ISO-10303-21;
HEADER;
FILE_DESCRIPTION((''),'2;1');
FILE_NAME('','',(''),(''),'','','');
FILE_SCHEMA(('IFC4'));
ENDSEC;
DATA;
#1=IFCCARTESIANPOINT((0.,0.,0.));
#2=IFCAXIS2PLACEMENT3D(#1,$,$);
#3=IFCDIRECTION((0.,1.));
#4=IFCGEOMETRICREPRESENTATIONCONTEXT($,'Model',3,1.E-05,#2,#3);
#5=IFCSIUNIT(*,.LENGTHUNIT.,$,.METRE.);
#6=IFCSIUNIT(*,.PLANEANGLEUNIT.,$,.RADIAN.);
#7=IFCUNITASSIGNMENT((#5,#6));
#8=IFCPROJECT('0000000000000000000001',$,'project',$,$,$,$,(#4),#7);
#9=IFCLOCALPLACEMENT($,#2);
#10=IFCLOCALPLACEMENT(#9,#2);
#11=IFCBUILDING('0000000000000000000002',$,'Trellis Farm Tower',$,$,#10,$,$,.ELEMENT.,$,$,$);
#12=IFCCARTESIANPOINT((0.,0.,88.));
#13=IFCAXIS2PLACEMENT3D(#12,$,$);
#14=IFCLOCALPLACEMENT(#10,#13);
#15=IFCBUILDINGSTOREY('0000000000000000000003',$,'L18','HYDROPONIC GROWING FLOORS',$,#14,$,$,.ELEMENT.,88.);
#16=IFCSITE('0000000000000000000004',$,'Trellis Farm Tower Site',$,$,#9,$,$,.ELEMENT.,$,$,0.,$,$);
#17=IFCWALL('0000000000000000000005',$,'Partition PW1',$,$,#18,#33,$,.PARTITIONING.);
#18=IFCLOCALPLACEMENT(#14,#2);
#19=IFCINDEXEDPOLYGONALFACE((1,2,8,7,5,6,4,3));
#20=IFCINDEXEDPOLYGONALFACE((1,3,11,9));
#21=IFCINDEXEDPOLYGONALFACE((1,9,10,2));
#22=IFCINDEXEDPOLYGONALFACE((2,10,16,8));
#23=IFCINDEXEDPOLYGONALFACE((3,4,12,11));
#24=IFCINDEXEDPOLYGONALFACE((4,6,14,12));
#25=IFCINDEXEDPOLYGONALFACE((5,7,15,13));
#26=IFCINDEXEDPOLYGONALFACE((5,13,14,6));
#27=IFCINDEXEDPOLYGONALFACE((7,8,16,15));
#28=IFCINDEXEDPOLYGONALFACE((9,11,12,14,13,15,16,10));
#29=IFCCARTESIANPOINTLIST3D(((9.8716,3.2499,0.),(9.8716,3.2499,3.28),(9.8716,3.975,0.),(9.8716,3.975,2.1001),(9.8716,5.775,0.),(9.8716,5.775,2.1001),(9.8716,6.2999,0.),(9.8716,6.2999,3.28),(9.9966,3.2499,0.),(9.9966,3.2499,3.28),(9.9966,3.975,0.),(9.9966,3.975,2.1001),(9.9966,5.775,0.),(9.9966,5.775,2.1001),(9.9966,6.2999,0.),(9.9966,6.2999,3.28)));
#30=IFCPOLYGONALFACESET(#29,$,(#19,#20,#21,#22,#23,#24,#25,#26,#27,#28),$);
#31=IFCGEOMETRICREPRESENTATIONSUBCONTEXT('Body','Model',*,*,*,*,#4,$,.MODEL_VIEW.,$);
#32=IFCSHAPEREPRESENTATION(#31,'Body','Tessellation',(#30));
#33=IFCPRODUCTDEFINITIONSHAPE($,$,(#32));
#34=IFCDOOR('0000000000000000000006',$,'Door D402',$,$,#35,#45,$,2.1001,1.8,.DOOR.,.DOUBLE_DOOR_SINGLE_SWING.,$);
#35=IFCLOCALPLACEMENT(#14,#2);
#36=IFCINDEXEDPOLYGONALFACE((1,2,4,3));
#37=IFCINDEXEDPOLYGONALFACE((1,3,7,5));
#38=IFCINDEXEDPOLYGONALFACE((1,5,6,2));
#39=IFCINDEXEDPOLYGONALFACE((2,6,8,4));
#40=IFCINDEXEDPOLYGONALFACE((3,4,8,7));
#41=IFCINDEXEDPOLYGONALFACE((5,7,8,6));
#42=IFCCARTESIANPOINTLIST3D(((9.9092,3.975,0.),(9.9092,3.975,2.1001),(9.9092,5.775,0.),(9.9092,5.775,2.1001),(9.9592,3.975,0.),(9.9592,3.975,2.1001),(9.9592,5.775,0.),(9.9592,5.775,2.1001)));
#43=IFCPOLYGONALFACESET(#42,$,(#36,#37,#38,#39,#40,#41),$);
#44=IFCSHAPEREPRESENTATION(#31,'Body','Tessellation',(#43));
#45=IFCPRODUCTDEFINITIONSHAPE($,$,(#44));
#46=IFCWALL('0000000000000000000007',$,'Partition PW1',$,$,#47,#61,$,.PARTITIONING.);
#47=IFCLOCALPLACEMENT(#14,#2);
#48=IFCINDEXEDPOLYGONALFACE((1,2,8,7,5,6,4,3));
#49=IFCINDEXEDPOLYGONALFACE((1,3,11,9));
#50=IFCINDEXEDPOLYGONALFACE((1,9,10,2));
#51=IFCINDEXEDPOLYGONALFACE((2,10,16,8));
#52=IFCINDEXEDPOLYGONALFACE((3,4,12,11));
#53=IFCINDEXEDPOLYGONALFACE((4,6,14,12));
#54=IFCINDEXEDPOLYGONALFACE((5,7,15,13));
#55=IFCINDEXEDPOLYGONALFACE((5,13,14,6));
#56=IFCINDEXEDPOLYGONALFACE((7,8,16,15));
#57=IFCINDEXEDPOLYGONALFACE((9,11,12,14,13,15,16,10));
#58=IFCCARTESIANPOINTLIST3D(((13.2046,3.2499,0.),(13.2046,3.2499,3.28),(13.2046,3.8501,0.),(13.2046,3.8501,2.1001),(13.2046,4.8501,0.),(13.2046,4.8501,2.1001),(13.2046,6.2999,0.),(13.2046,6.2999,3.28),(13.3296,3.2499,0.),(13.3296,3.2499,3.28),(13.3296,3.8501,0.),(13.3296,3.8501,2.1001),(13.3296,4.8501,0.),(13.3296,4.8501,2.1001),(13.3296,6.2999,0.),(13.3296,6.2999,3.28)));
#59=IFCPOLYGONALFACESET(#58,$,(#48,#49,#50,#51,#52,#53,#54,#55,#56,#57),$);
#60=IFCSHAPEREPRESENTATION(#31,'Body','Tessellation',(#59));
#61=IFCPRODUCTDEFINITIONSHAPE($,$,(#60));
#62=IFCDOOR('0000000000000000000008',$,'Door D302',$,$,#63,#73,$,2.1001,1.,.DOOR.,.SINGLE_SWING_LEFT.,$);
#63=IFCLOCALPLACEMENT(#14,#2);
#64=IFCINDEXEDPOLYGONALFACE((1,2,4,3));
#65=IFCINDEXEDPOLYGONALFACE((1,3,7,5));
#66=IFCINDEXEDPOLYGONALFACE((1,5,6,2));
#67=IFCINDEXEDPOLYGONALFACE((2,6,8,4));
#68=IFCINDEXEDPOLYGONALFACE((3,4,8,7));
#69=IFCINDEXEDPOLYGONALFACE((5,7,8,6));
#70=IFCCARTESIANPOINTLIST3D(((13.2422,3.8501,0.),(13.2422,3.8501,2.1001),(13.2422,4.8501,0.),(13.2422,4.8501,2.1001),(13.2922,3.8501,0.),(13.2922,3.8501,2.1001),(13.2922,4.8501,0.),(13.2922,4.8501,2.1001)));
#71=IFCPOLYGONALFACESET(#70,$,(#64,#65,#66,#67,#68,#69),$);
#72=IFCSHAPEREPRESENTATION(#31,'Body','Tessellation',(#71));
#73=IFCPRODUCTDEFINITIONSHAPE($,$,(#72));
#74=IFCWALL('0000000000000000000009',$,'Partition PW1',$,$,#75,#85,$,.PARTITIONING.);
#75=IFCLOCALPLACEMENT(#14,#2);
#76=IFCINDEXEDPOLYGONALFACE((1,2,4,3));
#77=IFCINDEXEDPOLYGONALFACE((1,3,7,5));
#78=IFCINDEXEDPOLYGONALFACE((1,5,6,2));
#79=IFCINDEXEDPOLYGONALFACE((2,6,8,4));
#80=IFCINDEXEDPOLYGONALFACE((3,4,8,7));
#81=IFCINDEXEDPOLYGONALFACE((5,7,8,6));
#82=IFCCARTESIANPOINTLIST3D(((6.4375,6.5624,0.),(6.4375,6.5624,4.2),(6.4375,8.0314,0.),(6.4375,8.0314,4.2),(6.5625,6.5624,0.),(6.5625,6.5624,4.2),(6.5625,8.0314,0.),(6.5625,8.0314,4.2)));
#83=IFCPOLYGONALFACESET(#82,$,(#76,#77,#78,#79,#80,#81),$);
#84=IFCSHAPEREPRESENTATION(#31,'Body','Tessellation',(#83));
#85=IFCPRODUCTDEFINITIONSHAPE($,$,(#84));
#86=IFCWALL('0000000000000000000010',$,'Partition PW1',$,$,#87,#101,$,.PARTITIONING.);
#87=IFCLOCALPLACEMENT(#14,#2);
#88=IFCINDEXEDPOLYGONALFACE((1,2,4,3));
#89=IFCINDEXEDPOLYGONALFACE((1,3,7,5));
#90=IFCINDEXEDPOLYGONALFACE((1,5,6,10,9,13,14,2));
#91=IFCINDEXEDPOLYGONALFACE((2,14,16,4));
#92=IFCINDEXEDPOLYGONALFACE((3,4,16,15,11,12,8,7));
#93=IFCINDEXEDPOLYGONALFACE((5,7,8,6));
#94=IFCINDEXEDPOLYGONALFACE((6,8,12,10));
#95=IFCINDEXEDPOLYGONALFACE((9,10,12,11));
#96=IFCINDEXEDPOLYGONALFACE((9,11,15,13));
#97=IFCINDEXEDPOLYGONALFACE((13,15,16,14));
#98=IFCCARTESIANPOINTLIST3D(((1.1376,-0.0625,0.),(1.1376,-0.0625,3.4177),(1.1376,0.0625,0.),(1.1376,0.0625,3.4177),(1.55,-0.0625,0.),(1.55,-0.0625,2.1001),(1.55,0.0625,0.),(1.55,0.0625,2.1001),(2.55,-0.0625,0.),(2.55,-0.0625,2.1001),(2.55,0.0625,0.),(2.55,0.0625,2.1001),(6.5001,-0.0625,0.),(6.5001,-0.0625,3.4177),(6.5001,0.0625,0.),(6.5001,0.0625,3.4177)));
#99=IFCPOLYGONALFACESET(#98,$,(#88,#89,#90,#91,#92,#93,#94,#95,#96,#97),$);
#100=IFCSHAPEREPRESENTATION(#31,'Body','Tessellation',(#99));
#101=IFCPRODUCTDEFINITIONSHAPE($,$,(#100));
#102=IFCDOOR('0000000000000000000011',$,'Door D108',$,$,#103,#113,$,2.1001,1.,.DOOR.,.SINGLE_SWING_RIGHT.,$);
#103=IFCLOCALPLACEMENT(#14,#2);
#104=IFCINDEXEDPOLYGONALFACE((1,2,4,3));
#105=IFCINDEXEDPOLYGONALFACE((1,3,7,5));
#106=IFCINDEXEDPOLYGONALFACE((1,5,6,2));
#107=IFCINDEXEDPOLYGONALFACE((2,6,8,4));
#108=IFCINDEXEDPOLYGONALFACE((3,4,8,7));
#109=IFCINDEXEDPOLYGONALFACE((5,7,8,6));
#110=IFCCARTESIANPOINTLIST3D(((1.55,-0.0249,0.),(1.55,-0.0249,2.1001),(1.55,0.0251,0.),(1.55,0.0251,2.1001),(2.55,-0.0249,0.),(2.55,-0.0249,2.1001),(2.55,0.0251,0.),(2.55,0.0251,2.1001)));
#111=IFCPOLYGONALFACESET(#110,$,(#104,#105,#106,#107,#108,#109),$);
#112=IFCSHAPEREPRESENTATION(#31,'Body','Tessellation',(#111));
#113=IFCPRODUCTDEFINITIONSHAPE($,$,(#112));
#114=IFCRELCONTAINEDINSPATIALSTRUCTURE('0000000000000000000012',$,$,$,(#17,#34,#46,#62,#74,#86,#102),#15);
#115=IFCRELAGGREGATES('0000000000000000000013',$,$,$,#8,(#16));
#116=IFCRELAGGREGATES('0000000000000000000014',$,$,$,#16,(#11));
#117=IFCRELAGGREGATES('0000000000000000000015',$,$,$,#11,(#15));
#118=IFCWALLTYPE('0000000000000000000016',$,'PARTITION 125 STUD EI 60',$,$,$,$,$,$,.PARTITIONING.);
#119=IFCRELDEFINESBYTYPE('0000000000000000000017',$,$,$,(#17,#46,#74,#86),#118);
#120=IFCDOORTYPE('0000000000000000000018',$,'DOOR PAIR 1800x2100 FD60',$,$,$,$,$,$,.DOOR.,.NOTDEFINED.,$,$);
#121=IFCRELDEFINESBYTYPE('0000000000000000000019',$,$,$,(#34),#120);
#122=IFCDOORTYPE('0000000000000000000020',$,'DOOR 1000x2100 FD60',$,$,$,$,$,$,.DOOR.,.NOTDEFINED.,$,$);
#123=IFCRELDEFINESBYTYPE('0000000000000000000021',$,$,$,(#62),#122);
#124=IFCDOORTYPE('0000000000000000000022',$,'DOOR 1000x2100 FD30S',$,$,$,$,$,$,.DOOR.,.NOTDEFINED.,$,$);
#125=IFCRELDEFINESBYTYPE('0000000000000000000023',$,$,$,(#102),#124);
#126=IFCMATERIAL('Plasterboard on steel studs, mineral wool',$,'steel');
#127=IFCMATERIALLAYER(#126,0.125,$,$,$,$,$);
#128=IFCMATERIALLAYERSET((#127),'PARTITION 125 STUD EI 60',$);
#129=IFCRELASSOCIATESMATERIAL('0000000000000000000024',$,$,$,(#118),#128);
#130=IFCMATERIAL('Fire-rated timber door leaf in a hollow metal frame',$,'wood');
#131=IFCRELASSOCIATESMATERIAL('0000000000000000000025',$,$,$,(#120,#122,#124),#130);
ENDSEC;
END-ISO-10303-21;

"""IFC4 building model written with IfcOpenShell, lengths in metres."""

from ifc_helpers import new_model, si_unit, direction, frame, frame_2d, origin, place, context, subcontext, project, spatial, rectangle, extrude, source, transform, mapped, material, layer, layer_set, type_object, element, fill, save


model = new_model("IFC4")

# Units and contexts
model_context = context("Model", 3, precision=1e-05, world=origin(), true_north=direction((0.0, 1.0)))
body_context = subcontext(model_context, "Body", "Model", "MODEL_VIEW")
ifc_project = project(units=[si_unit("LENGTHUNIT", "METRE"), si_unit("PLANEANGLEUNIT", "RADIAN")], contexts=[model_context])

# Site, building, storey
site_placement = place(None, origin())
site = spatial("IfcSite", under=ifc_project, at=site_placement, Name="Trellis Farm Tower Site", CompositionType="ELEMENT", RefElevation=0.0)
building_placement = place(site_placement, origin())
building = spatial("IfcBuilding", under=site, at=building_placement, Name="Trellis Farm Tower", CompositionType="ELEMENT")
storey_placement = place(building_placement, frame((0.0, 0.0, 88.0)))
storey = spatial("IfcBuildingStorey", under=building, at=storey_placement, Name="L18", Description="HYDROPONIC GROWING FLOORS", CompositionType="ELEMENT", Elevation=88.0)

# Walls, openings, doors
ifc_material_1 = material(Name="Plasterboard on steel studs, mineral wool", Category="steel")
ifc_layer_1 = layer(ifc_material_1, 0.125)
ifc_layer_set_1 = layer_set([ifc_layer_1], Name="PARTITION 125 STUD EI 60")
wall_type_1 = type_object("IfcWallType", Name="PARTITION 125 STUD EI 60", PredefinedType="PARTITIONING", material=ifc_layer_set_1)
shared_shape_1 = source(origin(), body_context, "Body", "SweptSolid", [
    extrude(rectangle(XDim=3.05, YDim=0.125, at=frame_2d((1.5249, 0.0))), origin(), (0.0, 0.0, 1.0), 3.28),
])
wall_1_placement = place(storey_placement, frame((9.9341, 3.25, 0.0), z_axis=(0.0, 0.0, 1.0), x_axis=(0.0, 1.0, 0.0)))
wall_1 = element("IfcWall", 1, at=wall_1_placement, inside=storey, type_object=wall_type_1, Name="Partition PW1", PredefinedType="PARTITIONING", context=body_context, shape_type="MappedRepresentation", body=[
    mapped(shared_shape_1, transform((0.0, 0.0, 0.0))),
])
shared_shape_2 = source(origin(), body_context, "Body", "SweptSolid", [
    extrude(rectangle(XDim=1.8, YDim=2.1001, at=frame_2d((0.8999, 1.05))), frame((0.0, 0.0725, 0.0), z_axis=(0.0, -1.0, 0.0), x_axis=(1.0, 0.0, 0.0)), (0.0, 0.0, 1.0), 0.145),
])
opening_1_placement = place(wall_1_placement, frame((0.7251, 0.0, 0.0)))
opening_1 = element("IfcOpeningElement", 2, at=opening_1_placement, cuts=wall_1, PredefinedType="OPENING", context=body_context, shape_type="MappedRepresentation", body=[
    mapped(shared_shape_2, transform((0.0, 0.0, 0.0))),
])
ifc_material_2 = material(Name="Fire-rated timber door leaf in a hollow metal frame", Category="wood")
door_type_1 = type_object("IfcDoorType", Name="DOOR PAIR 1800x2100 FD60", OperationType="NOTDEFINED", PredefinedType="DOOR", material=ifc_material_2)
shared_shape_3 = source(origin(), body_context, "Body", "SweptSolid", [
    extrude(rectangle(XDim=1.8, YDim=2.1001, at=frame_2d((0.8999, 1.05))), frame((0.0, 0.0249, 0.0), z_axis=(0.0, -1.0, 0.0), x_axis=(1.0, 0.0, 0.0)), (0.0, 0.0, 1.0), 0.05),
])
door_1_placement = place(opening_1_placement, origin())
door_1 = element("IfcDoor", 3, at=door_1_placement, inside=storey, type_object=door_type_1, Name="Door D402", OperationType="DOUBLE_DOOR_SINGLE_SWING", OverallHeight=2.1001, OverallWidth=1.8, PredefinedType="DOOR", context=body_context, shape_type="MappedRepresentation", body=[
    mapped(shared_shape_3, transform((0.0, 0.0, 0.0))),
])
fill(opening_1, door_1)
wall_2_placement = place(storey_placement, frame((13.2671, 3.25, 0.0), z_axis=(0.0, 0.0, 1.0), x_axis=(0.0, 1.0, 0.0)))
wall_2 = element("IfcWall", 4, at=wall_2_placement, inside=storey, type_object=wall_type_1, Name="Partition PW1", PredefinedType="PARTITIONING", context=body_context, shape_type="MappedRepresentation", body=[
    mapped(shared_shape_1, transform((0.0, 0.0, 0.0))),
])
shared_shape_4 = source(origin(), body_context, "Body", "SweptSolid", [
    extrude(rectangle(XDim=1.0, YDim=2.1001, at=frame_2d((0.5, 1.05))), frame((0.0, 0.0725, 0.0), z_axis=(0.0, -1.0, 0.0), x_axis=(1.0, 0.0, 0.0)), (0.0, 0.0, 1.0), 0.145),
])
opening_2_placement = place(wall_2_placement, frame((0.6001, 0.0, 0.0)))
opening_2 = element("IfcOpeningElement", 5, at=opening_2_placement, cuts=wall_2, PredefinedType="OPENING", context=body_context, shape_type="MappedRepresentation", body=[
    mapped(shared_shape_4, transform((0.0, 0.0, 0.0))),
])
door_type_2 = type_object("IfcDoorType", Name="DOOR 1000x2100 FD60", OperationType="NOTDEFINED", PredefinedType="DOOR", material=ifc_material_2)
shared_shape_5 = source(origin(), body_context, "Body", "SweptSolid", [
    extrude(rectangle(XDim=1.0, YDim=2.1001, at=frame_2d((0.5, 1.05))), frame((0.0, 0.0249, 0.0), z_axis=(0.0, -1.0, 0.0), x_axis=(1.0, 0.0, 0.0)), (0.0, 0.0, 1.0), 0.05),
])
door_2_placement = place(opening_2_placement, origin())
door_2 = element("IfcDoor", 6, at=door_2_placement, inside=storey, type_object=door_type_2, Name="Door D302", OperationType="SINGLE_SWING_LEFT", OverallHeight=2.1001, OverallWidth=1.0, PredefinedType="DOOR", context=body_context, shape_type="MappedRepresentation", body=[
    mapped(shared_shape_5, transform((0.0, 0.0, 0.0))),
])
fill(opening_2, door_2)

# Wall
shared_shape_6 = source(origin(), body_context, "Body", "SweptSolid", [
    extrude(rectangle(XDim=1.469, YDim=0.125, at=frame_2d((0.7344, 0.0))), origin(), (0.0, 0.0, 1.0), 4.2),
])
wall_3_placement = place(storey_placement, frame((6.5, 6.5625, 0.0), z_axis=(0.0, 0.0, 1.0), x_axis=(0.0, 1.0, 0.0)))
element("IfcWall", 7, at=wall_3_placement, inside=storey, type_object=wall_type_1, Name="Partition PW1", PredefinedType="PARTITIONING", context=body_context, shape_type="MappedRepresentation", body=[
    mapped(shared_shape_6, transform((0.0, 0.0, 0.0))),
])

# Wall, opening, door
shared_shape_7 = source(origin(), body_context, "Body", "SweptSolid", [
    extrude(rectangle(XDim=5.3625, YDim=0.125, at=frame_2d((2.6812, 0.0))), origin(), (0.0, 0.0, 1.0), 3.4177),
])
wall_4_placement = place(storey_placement, frame((6.5, 0.0, 0.0), z_axis=(0.0, 0.0, 1.0), x_axis=(-1.0, 0.0, 0.0)))
wall_4 = element("IfcWall", 8, at=wall_4_placement, inside=storey, type_object=wall_type_1, Name="Partition PW1", PredefinedType="PARTITIONING", context=body_context, shape_type="MappedRepresentation", body=[
    mapped(shared_shape_7, transform((0.0, 0.0, 0.0))),
])
opening_3_placement = place(wall_4_placement, frame((3.95, 0.0, 0.0)))
opening_3 = element("IfcOpeningElement", 9, at=opening_3_placement, cuts=wall_4, PredefinedType="OPENING", context=body_context, shape_type="MappedRepresentation", body=[
    mapped(shared_shape_4, transform((0.0, 0.0, 0.0))),
])
door_type_3 = type_object("IfcDoorType", Name="DOOR 1000x2100 FD30S", OperationType="NOTDEFINED", PredefinedType="DOOR", material=ifc_material_2)
door_3_placement = place(opening_3_placement, origin())
door_3 = element("IfcDoor", 10, at=door_3_placement, inside=storey, type_object=door_type_3, Name="Door D108", OperationType="SINGLE_SWING_RIGHT", OverallHeight=2.1001, OverallWidth=1.0, PredefinedType="DOOR", context=body_context, shape_type="MappedRepresentation", body=[
    mapped(shared_shape_5, transform((0.0, 0.0, 0.0))),
])
fill(opening_3, door_3)

save(model, "model.ifc")
